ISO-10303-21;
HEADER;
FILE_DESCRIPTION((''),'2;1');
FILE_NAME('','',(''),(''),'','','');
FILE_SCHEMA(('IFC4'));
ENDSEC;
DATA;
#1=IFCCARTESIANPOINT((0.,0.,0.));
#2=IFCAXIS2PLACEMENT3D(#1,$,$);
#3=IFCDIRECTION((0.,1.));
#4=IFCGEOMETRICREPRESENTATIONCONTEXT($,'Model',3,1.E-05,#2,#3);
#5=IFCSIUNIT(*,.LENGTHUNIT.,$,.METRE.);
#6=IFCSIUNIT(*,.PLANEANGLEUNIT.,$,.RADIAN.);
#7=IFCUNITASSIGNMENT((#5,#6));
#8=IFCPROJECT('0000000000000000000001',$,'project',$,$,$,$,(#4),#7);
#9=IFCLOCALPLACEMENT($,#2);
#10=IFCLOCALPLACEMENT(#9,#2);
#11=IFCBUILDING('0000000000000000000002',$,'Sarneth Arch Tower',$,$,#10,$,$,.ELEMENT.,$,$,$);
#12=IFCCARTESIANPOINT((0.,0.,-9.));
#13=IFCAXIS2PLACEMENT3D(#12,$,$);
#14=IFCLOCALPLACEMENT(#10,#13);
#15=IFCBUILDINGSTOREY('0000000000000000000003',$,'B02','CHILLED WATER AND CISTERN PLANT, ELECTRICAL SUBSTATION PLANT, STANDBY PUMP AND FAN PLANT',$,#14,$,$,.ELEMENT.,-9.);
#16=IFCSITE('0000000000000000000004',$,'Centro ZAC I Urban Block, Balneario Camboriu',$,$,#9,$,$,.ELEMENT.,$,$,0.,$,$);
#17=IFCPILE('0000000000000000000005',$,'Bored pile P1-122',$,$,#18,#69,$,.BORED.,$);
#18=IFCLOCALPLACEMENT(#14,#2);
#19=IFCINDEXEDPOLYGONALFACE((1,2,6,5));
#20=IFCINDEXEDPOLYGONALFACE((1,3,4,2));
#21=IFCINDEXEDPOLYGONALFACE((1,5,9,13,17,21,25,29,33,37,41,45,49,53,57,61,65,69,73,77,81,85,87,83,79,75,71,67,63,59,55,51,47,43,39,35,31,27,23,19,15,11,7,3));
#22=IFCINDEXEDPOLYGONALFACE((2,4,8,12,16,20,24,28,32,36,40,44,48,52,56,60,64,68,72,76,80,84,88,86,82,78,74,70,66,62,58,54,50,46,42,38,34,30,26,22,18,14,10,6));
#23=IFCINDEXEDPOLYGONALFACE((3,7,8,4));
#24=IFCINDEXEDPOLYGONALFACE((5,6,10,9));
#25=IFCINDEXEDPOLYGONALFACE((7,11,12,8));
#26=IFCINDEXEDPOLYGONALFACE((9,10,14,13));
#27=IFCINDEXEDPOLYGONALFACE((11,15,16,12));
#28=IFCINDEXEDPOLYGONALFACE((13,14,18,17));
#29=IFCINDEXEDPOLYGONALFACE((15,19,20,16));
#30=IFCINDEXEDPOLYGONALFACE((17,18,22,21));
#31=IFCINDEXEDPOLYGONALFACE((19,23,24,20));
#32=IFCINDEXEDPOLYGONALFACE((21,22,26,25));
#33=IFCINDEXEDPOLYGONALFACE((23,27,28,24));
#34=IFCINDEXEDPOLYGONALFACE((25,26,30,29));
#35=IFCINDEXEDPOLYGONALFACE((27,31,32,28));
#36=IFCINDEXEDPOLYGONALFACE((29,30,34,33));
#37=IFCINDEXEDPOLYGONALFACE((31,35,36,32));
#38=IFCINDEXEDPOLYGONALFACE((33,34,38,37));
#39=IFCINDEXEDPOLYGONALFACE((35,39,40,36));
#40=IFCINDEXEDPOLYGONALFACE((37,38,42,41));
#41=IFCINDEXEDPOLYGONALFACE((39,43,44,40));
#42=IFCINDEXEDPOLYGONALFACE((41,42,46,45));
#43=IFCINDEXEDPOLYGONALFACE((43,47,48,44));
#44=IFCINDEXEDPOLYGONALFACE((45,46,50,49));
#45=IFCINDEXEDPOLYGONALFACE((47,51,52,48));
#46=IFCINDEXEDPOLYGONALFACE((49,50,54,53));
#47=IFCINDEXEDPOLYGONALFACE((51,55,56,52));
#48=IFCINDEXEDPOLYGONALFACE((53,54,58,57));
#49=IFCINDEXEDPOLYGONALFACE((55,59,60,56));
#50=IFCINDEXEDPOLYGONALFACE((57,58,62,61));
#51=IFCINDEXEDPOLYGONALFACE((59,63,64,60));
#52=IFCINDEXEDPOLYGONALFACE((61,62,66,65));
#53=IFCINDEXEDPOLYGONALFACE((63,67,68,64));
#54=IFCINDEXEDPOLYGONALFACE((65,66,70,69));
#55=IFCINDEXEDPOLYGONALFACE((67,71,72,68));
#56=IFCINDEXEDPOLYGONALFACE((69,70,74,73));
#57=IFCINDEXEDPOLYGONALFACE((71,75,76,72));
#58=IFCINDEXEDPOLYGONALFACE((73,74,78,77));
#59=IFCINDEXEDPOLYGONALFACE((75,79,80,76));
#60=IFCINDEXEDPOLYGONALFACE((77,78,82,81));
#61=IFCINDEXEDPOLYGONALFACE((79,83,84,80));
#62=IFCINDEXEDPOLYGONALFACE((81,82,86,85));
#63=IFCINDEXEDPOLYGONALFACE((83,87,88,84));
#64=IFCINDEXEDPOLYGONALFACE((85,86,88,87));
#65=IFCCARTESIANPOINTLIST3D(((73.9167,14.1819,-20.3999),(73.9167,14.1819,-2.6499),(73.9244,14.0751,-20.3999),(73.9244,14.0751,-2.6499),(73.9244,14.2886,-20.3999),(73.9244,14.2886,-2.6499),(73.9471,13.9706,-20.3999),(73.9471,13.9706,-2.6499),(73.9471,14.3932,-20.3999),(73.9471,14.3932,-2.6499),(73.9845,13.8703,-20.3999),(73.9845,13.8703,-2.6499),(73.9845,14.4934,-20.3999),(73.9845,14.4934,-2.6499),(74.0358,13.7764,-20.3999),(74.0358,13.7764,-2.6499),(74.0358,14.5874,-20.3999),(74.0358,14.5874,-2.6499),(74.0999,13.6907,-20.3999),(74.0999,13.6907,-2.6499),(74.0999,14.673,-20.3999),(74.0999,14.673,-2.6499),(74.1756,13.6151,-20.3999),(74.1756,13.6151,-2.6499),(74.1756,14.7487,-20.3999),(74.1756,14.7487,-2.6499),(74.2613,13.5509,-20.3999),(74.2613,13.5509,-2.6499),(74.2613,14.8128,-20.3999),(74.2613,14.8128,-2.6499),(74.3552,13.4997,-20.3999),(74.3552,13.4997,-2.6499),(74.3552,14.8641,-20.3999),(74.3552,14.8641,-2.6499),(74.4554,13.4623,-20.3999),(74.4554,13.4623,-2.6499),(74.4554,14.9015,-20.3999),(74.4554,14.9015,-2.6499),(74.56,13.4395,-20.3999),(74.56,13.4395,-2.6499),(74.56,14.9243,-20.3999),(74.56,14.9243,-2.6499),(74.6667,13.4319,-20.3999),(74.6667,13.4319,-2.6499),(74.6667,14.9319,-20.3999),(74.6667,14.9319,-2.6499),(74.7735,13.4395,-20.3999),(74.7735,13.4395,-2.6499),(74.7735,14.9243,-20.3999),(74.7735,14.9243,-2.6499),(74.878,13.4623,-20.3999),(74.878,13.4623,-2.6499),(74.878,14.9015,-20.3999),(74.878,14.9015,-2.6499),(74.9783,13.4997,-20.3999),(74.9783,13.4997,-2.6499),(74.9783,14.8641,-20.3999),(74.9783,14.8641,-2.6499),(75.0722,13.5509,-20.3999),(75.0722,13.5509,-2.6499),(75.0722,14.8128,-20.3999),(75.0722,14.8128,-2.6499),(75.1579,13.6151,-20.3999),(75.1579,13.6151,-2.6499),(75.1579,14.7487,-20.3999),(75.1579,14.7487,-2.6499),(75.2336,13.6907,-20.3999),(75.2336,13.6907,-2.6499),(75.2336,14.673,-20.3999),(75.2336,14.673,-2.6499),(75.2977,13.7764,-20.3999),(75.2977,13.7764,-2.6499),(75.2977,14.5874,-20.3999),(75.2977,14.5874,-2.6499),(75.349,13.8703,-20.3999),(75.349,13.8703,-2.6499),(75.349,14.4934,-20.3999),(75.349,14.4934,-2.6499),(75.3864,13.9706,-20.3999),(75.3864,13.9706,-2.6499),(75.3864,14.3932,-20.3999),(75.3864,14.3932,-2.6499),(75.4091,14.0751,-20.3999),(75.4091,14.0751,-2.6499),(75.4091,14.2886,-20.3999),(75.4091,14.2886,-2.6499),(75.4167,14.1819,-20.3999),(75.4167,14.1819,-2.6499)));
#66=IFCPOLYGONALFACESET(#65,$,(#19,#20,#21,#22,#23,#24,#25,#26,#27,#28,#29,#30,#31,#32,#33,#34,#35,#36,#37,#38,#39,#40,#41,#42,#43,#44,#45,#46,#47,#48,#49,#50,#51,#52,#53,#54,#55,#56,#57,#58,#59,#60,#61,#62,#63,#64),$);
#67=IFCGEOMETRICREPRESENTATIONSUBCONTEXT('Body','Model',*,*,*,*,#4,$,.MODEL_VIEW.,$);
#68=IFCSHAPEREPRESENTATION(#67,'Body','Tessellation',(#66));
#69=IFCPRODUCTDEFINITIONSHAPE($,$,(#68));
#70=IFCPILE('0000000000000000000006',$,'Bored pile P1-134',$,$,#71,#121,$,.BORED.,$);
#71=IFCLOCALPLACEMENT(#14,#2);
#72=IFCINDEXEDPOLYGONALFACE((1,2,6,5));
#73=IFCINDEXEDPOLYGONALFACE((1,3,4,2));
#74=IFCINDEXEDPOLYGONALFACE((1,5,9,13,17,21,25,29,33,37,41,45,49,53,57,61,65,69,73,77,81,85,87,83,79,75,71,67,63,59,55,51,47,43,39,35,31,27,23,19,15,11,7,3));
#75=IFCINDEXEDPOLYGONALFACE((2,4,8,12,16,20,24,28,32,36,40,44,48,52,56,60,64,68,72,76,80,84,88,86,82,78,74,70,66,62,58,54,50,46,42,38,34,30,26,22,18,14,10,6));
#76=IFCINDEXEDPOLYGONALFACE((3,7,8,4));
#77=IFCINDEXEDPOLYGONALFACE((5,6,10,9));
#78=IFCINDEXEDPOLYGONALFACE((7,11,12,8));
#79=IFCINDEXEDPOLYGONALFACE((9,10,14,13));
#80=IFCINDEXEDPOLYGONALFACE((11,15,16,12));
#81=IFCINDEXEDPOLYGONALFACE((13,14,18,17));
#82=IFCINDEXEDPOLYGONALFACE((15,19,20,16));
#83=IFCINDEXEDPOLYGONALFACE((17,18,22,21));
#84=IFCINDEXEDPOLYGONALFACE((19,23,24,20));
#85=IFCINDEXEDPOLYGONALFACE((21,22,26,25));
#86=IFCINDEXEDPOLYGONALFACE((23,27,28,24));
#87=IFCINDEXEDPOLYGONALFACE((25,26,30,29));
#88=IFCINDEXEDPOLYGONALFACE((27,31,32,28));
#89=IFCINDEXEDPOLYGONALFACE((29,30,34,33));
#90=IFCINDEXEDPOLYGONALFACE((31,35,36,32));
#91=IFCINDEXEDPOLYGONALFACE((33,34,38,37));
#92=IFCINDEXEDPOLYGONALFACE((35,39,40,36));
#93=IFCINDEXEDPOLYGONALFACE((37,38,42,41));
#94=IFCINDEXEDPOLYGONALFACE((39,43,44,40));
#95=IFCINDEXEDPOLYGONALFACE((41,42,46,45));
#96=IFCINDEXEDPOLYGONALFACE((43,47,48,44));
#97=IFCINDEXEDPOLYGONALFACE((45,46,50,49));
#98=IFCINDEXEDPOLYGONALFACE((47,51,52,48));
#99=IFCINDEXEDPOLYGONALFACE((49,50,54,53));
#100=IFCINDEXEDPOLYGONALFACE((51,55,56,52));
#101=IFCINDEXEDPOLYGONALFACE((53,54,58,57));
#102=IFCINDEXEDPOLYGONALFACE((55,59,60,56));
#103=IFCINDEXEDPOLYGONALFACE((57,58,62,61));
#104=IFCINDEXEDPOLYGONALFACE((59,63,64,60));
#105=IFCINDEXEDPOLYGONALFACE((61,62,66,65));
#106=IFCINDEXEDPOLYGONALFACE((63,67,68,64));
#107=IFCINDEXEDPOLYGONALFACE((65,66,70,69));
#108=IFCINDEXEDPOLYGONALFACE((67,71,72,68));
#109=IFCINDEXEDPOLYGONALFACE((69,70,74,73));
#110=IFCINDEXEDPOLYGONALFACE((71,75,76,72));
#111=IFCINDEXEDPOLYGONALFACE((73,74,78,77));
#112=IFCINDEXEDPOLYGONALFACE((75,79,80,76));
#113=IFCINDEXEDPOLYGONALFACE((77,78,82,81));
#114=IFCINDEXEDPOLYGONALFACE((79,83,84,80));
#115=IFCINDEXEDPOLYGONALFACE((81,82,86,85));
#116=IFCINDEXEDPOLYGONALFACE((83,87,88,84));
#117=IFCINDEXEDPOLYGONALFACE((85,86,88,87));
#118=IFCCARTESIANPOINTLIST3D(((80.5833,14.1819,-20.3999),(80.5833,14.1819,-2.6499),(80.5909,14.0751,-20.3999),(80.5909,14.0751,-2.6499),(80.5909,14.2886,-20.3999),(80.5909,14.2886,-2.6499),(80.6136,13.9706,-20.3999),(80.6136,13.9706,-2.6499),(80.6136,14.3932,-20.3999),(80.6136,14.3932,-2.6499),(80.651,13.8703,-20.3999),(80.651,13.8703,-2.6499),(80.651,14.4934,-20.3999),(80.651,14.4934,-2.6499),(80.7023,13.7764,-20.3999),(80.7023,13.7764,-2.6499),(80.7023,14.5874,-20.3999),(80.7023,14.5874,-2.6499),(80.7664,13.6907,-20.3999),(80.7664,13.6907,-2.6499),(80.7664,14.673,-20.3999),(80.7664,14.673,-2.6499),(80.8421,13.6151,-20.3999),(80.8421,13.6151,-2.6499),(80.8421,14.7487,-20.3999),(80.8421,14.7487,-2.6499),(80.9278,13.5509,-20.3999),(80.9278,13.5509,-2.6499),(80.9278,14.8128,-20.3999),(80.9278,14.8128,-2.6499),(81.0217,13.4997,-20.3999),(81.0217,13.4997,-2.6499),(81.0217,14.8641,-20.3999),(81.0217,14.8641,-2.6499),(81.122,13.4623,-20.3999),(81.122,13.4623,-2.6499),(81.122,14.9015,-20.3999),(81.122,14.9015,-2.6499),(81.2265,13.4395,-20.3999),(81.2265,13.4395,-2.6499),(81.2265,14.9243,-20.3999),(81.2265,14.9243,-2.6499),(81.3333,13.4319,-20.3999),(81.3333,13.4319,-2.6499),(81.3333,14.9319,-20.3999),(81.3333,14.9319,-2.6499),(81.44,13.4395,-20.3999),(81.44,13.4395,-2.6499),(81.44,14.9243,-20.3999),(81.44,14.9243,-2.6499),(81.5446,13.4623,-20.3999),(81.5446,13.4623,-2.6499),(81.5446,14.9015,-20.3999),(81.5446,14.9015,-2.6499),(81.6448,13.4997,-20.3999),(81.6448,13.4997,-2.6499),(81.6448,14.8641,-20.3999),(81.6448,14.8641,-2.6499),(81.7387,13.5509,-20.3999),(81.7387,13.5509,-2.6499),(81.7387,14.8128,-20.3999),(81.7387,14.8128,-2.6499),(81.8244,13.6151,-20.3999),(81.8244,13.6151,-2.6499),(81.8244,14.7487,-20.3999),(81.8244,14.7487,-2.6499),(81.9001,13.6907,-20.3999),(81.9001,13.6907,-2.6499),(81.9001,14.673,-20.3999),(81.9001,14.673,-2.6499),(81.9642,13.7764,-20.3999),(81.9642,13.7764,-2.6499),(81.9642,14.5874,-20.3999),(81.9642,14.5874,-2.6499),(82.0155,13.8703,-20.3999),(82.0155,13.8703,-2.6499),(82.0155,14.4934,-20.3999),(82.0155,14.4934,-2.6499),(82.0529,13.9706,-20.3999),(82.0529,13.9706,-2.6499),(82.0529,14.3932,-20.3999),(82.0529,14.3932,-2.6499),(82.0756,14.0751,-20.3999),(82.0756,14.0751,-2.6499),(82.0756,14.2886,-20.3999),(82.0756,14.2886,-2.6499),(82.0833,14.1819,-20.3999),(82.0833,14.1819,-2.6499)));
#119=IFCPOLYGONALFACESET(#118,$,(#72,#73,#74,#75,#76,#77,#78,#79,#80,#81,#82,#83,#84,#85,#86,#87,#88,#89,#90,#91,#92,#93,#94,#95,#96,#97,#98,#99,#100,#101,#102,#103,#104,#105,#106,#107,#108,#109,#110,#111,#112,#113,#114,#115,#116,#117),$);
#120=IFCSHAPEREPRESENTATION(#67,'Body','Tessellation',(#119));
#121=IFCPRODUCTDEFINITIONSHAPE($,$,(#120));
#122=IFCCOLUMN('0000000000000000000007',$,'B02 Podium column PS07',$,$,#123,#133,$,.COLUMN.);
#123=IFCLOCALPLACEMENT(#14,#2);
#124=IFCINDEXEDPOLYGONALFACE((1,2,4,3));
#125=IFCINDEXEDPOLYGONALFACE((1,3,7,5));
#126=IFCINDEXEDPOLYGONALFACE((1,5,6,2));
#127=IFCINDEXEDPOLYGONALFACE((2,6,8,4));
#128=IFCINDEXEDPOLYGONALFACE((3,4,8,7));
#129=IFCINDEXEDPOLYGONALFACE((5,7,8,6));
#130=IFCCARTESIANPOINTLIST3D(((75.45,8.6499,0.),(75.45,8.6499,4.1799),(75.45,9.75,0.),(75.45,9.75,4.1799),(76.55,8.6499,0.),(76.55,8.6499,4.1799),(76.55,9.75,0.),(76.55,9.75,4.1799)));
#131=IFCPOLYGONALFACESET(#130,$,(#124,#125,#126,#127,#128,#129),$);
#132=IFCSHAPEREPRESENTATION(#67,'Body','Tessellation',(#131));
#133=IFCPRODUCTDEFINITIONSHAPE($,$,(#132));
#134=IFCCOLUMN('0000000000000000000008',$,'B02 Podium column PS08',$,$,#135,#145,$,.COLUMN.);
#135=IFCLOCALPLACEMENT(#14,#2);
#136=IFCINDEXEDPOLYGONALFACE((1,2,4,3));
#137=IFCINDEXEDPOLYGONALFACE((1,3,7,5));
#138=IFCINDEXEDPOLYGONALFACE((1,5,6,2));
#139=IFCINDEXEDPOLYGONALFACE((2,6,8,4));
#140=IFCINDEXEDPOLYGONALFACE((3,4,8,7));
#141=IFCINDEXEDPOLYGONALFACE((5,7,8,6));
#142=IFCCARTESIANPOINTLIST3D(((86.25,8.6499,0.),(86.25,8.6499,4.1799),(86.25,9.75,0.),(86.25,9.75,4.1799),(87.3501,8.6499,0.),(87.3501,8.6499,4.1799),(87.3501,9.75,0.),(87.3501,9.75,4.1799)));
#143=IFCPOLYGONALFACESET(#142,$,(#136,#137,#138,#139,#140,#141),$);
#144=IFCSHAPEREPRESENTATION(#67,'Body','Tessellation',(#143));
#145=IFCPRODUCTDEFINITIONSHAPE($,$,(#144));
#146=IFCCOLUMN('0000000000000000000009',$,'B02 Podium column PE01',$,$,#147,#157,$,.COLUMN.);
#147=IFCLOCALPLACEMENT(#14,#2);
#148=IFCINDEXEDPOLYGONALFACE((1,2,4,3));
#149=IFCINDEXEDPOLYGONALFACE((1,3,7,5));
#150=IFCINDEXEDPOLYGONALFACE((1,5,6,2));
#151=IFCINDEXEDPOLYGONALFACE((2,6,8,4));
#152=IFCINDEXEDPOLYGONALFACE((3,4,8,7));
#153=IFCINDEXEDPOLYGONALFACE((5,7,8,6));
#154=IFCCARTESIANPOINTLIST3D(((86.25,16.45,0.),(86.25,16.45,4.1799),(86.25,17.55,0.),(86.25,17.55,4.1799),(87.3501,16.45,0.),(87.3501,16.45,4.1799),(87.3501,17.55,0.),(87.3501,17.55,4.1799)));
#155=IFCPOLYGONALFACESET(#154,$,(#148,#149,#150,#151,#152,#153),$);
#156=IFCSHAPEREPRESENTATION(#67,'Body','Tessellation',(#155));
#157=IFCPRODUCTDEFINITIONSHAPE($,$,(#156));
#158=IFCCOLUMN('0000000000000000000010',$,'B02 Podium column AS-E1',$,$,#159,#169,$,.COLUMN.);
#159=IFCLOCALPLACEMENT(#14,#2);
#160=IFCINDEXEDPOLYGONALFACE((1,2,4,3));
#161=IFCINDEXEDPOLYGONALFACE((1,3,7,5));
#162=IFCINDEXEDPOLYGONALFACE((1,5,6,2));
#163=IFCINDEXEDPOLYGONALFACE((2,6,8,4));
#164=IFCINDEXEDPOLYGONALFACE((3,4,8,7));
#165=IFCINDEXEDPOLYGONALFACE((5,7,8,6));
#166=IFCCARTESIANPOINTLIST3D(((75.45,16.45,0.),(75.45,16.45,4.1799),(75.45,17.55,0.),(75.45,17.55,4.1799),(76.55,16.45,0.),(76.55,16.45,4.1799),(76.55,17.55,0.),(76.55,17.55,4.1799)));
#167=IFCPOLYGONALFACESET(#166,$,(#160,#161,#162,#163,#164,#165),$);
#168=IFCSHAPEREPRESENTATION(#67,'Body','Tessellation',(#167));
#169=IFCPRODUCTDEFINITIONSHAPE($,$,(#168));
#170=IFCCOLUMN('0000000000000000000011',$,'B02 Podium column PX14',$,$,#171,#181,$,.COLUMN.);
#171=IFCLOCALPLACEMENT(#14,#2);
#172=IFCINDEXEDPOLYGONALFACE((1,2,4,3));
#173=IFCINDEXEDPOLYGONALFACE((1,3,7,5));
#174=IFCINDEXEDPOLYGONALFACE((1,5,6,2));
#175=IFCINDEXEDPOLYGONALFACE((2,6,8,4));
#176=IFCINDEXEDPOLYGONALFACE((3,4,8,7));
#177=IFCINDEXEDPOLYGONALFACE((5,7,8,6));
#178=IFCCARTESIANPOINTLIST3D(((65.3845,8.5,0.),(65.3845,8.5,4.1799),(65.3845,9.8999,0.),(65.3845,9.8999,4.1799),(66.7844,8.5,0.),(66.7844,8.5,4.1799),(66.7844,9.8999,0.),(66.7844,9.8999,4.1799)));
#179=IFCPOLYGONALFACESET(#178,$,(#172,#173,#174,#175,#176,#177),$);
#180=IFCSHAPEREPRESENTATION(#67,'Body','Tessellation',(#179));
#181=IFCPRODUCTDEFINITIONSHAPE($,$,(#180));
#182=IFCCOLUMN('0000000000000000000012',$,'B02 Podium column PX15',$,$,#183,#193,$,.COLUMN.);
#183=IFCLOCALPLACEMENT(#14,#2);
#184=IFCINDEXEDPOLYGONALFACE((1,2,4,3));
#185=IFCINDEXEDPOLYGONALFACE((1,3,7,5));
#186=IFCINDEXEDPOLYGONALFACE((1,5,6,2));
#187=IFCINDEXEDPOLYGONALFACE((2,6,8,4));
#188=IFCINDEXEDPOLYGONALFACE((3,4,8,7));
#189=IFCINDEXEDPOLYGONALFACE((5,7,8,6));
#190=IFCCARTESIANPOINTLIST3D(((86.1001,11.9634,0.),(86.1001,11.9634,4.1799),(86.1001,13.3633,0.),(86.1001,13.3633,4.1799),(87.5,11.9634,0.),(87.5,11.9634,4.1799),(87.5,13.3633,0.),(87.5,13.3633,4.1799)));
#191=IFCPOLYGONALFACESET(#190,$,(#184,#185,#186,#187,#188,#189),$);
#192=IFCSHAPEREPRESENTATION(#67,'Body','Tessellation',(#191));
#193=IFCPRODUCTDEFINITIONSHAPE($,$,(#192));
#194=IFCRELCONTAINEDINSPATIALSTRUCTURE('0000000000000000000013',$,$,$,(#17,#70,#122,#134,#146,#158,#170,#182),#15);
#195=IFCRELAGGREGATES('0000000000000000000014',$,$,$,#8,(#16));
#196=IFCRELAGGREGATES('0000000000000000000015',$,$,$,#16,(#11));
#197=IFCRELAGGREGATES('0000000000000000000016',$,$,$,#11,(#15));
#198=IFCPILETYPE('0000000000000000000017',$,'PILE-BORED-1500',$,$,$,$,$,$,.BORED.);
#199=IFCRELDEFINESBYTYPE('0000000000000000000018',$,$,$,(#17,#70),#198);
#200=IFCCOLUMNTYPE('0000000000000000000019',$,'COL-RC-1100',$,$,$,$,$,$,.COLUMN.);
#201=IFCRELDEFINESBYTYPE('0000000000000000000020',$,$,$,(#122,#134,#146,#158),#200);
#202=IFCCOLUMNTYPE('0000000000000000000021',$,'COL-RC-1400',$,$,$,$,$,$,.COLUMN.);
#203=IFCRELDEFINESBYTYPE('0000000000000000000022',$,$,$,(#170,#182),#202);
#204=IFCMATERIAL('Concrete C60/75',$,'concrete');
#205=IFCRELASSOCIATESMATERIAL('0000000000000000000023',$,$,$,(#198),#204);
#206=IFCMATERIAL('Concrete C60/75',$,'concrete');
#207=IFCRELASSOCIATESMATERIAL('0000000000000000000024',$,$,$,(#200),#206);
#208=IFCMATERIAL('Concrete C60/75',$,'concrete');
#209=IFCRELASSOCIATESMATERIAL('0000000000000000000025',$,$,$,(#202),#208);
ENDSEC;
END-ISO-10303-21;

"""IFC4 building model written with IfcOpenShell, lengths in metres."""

from ifc_helpers import new_model, si_unit, direction, frame, origin, origin_2d, place, context, subcontext, project, spatial, rectangle, circle, extrude, material, material_profile, profile_set, type_object, element, save


model = new_model("IFC4")

# Units and contexts
model_context = context("Model", 3, precision=1e-05, world=origin(), true_north=direction((0.0, 1.0)))
body_context = subcontext(model_context, "Body", "Model", "MODEL_VIEW")
ifc_project = project(units=[si_unit("LENGTHUNIT", "METRE"), si_unit("PLANEANGLEUNIT", "RADIAN")], contexts=[model_context])

# Site, building, storey
site_placement = place(None, origin())
site = spatial("IfcSite", under=ifc_project, at=site_placement, Name="Centro ZAC I Urban Block, Balneario Camboriu", CompositionType="ELEMENT", RefElevation=0.0)
building_placement = place(site_placement, origin())
building = spatial("IfcBuilding", under=site, at=building_placement, Name="Sarneth Arch Tower", CompositionType="ELEMENT")
storey_placement = place(building_placement, frame((0.0, 0.0, -9.0)))
storey = spatial("IfcBuildingStorey", under=building, at=storey_placement, Name="B02", Description="CHILLED WATER AND CISTERN PLANT, ELECTRICAL SUBSTATION PLANT, STANDBY PUMP AND FAN PLANT", CompositionType="ELEMENT", Elevation=-9.0)

# Piles
ifc_material_1 = material(Name="Concrete C60/75", Category="concrete")
ifc_material_profile_1 = material_profile(ifc_material_1, circle(Radius=0.75, at=origin_2d()), Name="PILE-D1500")
ifc_profile_set_1 = profile_set([ifc_material_profile_1], Name="Concrete C60/75")
pile_type_1 = type_object("IfcPileType", Name="PILE-BORED-1500", PredefinedType="BORED", material=ifc_profile_set_1)
for number, where, z_axis, x_axis, name in (
    (1, (74.6667, 14.1819, -2.6499), (0.0, 0.0, -1.0), (1.0, 0.0, 0.0), "Bored pile P1-122"),
    (2, (81.3333, 14.1819, -2.6499), (0.0, 0.0, -1.0), (1.0, 0.0, 0.0), "Bored pile P1-134"),
):
    element("IfcPile", number, at=place(storey_placement, frame(where, z_axis=z_axis, x_axis=x_axis)), inside=storey, type_object=pile_type_1, Name=name, PredefinedType="BORED", context=body_context, shape_type="SweptSolid", body=[
        extrude(circle(Radius=0.75, at=origin_2d()), origin(), (0.0, 0.0, 1.0), 17.75),
    ])

# Columns
ifc_material_2 = material(Name="Concrete C60/75", Category="concrete")
ifc_material_profile_2 = material_profile(ifc_material_2, rectangle(XDim=1.1001, YDim=1.1001, at=origin_2d()), Name="RC-1100x1100")
ifc_profile_set_2 = profile_set([ifc_material_profile_2], Name="Concrete C60/75")
column_type_1 = type_object("IfcColumnType", Name="COL-RC-1100", PredefinedType="COLUMN", material=ifc_profile_set_2)
for number, where, z_axis, x_axis, name in (
    (3, (76.0, 9.2, 0.0), (0.0, 0.0, 1.0), (1.0, 0.0, 0.0), "B02 Podium column PS07"),
    (4, (86.8, 9.2, 0.0), (0.0, 0.0, 1.0), (1.0, 0.0, 0.0), "B02 Podium column PS08"),
    (5, (86.8, 17.0, 0.0), (0.0, 0.0, 1.0), (1.0, 0.0, 0.0), "B02 Podium column PE01"),
    (6, (76.0, 17.0, 0.0), (0.0, 0.0, 1.0), (1.0, 0.0, 0.0), "B02 Podium column AS-E1"),
):
    element("IfcColumn", number, at=place(storey_placement, frame(where, z_axis=z_axis, x_axis=x_axis)), inside=storey, type_object=column_type_1, Name=name, PredefinedType="COLUMN", context=body_context, shape_type="SweptSolid", body=[
        extrude(rectangle(XDim=1.1001, YDim=1.1001, at=origin_2d()), origin(), (0.0, 0.0, 1.0), 4.1799),
    ])
ifc_material_3 = material(Name="Concrete C60/75", Category="concrete")
ifc_material_profile_3 = material_profile(ifc_material_3, rectangle(XDim=1.3999, YDim=1.3999, at=origin_2d()), Name="RC-1400x1400")
ifc_profile_set_3 = profile_set([ifc_material_profile_3], Name="Concrete C60/75")
column_type_2 = type_object("IfcColumnType", Name="COL-RC-1400", PredefinedType="COLUMN", material=ifc_profile_set_3)
for number, where, z_axis, x_axis, name in (
    (7, (66.0845, 9.2, 0.0), (0.0, 0.0, 1.0), (1.0, 0.0, 0.0), "B02 Podium column PX14"),
    (8, (86.8, 12.6633, 0.0), (0.0, 0.0, 1.0), (1.0, 0.0, 0.0), "B02 Podium column PX15"),
):
    element("IfcColumn", number, at=place(storey_placement, frame(where, z_axis=z_axis, x_axis=x_axis)), inside=storey, type_object=column_type_2, Name=name, PredefinedType="COLUMN", context=body_context, shape_type="SweptSolid", body=[
        extrude(rectangle(XDim=1.3999, YDim=1.3999, at=origin_2d()), origin(), (0.0, 0.0, 1.0), 4.1799),
    ])

save(model, "model.ifc")
